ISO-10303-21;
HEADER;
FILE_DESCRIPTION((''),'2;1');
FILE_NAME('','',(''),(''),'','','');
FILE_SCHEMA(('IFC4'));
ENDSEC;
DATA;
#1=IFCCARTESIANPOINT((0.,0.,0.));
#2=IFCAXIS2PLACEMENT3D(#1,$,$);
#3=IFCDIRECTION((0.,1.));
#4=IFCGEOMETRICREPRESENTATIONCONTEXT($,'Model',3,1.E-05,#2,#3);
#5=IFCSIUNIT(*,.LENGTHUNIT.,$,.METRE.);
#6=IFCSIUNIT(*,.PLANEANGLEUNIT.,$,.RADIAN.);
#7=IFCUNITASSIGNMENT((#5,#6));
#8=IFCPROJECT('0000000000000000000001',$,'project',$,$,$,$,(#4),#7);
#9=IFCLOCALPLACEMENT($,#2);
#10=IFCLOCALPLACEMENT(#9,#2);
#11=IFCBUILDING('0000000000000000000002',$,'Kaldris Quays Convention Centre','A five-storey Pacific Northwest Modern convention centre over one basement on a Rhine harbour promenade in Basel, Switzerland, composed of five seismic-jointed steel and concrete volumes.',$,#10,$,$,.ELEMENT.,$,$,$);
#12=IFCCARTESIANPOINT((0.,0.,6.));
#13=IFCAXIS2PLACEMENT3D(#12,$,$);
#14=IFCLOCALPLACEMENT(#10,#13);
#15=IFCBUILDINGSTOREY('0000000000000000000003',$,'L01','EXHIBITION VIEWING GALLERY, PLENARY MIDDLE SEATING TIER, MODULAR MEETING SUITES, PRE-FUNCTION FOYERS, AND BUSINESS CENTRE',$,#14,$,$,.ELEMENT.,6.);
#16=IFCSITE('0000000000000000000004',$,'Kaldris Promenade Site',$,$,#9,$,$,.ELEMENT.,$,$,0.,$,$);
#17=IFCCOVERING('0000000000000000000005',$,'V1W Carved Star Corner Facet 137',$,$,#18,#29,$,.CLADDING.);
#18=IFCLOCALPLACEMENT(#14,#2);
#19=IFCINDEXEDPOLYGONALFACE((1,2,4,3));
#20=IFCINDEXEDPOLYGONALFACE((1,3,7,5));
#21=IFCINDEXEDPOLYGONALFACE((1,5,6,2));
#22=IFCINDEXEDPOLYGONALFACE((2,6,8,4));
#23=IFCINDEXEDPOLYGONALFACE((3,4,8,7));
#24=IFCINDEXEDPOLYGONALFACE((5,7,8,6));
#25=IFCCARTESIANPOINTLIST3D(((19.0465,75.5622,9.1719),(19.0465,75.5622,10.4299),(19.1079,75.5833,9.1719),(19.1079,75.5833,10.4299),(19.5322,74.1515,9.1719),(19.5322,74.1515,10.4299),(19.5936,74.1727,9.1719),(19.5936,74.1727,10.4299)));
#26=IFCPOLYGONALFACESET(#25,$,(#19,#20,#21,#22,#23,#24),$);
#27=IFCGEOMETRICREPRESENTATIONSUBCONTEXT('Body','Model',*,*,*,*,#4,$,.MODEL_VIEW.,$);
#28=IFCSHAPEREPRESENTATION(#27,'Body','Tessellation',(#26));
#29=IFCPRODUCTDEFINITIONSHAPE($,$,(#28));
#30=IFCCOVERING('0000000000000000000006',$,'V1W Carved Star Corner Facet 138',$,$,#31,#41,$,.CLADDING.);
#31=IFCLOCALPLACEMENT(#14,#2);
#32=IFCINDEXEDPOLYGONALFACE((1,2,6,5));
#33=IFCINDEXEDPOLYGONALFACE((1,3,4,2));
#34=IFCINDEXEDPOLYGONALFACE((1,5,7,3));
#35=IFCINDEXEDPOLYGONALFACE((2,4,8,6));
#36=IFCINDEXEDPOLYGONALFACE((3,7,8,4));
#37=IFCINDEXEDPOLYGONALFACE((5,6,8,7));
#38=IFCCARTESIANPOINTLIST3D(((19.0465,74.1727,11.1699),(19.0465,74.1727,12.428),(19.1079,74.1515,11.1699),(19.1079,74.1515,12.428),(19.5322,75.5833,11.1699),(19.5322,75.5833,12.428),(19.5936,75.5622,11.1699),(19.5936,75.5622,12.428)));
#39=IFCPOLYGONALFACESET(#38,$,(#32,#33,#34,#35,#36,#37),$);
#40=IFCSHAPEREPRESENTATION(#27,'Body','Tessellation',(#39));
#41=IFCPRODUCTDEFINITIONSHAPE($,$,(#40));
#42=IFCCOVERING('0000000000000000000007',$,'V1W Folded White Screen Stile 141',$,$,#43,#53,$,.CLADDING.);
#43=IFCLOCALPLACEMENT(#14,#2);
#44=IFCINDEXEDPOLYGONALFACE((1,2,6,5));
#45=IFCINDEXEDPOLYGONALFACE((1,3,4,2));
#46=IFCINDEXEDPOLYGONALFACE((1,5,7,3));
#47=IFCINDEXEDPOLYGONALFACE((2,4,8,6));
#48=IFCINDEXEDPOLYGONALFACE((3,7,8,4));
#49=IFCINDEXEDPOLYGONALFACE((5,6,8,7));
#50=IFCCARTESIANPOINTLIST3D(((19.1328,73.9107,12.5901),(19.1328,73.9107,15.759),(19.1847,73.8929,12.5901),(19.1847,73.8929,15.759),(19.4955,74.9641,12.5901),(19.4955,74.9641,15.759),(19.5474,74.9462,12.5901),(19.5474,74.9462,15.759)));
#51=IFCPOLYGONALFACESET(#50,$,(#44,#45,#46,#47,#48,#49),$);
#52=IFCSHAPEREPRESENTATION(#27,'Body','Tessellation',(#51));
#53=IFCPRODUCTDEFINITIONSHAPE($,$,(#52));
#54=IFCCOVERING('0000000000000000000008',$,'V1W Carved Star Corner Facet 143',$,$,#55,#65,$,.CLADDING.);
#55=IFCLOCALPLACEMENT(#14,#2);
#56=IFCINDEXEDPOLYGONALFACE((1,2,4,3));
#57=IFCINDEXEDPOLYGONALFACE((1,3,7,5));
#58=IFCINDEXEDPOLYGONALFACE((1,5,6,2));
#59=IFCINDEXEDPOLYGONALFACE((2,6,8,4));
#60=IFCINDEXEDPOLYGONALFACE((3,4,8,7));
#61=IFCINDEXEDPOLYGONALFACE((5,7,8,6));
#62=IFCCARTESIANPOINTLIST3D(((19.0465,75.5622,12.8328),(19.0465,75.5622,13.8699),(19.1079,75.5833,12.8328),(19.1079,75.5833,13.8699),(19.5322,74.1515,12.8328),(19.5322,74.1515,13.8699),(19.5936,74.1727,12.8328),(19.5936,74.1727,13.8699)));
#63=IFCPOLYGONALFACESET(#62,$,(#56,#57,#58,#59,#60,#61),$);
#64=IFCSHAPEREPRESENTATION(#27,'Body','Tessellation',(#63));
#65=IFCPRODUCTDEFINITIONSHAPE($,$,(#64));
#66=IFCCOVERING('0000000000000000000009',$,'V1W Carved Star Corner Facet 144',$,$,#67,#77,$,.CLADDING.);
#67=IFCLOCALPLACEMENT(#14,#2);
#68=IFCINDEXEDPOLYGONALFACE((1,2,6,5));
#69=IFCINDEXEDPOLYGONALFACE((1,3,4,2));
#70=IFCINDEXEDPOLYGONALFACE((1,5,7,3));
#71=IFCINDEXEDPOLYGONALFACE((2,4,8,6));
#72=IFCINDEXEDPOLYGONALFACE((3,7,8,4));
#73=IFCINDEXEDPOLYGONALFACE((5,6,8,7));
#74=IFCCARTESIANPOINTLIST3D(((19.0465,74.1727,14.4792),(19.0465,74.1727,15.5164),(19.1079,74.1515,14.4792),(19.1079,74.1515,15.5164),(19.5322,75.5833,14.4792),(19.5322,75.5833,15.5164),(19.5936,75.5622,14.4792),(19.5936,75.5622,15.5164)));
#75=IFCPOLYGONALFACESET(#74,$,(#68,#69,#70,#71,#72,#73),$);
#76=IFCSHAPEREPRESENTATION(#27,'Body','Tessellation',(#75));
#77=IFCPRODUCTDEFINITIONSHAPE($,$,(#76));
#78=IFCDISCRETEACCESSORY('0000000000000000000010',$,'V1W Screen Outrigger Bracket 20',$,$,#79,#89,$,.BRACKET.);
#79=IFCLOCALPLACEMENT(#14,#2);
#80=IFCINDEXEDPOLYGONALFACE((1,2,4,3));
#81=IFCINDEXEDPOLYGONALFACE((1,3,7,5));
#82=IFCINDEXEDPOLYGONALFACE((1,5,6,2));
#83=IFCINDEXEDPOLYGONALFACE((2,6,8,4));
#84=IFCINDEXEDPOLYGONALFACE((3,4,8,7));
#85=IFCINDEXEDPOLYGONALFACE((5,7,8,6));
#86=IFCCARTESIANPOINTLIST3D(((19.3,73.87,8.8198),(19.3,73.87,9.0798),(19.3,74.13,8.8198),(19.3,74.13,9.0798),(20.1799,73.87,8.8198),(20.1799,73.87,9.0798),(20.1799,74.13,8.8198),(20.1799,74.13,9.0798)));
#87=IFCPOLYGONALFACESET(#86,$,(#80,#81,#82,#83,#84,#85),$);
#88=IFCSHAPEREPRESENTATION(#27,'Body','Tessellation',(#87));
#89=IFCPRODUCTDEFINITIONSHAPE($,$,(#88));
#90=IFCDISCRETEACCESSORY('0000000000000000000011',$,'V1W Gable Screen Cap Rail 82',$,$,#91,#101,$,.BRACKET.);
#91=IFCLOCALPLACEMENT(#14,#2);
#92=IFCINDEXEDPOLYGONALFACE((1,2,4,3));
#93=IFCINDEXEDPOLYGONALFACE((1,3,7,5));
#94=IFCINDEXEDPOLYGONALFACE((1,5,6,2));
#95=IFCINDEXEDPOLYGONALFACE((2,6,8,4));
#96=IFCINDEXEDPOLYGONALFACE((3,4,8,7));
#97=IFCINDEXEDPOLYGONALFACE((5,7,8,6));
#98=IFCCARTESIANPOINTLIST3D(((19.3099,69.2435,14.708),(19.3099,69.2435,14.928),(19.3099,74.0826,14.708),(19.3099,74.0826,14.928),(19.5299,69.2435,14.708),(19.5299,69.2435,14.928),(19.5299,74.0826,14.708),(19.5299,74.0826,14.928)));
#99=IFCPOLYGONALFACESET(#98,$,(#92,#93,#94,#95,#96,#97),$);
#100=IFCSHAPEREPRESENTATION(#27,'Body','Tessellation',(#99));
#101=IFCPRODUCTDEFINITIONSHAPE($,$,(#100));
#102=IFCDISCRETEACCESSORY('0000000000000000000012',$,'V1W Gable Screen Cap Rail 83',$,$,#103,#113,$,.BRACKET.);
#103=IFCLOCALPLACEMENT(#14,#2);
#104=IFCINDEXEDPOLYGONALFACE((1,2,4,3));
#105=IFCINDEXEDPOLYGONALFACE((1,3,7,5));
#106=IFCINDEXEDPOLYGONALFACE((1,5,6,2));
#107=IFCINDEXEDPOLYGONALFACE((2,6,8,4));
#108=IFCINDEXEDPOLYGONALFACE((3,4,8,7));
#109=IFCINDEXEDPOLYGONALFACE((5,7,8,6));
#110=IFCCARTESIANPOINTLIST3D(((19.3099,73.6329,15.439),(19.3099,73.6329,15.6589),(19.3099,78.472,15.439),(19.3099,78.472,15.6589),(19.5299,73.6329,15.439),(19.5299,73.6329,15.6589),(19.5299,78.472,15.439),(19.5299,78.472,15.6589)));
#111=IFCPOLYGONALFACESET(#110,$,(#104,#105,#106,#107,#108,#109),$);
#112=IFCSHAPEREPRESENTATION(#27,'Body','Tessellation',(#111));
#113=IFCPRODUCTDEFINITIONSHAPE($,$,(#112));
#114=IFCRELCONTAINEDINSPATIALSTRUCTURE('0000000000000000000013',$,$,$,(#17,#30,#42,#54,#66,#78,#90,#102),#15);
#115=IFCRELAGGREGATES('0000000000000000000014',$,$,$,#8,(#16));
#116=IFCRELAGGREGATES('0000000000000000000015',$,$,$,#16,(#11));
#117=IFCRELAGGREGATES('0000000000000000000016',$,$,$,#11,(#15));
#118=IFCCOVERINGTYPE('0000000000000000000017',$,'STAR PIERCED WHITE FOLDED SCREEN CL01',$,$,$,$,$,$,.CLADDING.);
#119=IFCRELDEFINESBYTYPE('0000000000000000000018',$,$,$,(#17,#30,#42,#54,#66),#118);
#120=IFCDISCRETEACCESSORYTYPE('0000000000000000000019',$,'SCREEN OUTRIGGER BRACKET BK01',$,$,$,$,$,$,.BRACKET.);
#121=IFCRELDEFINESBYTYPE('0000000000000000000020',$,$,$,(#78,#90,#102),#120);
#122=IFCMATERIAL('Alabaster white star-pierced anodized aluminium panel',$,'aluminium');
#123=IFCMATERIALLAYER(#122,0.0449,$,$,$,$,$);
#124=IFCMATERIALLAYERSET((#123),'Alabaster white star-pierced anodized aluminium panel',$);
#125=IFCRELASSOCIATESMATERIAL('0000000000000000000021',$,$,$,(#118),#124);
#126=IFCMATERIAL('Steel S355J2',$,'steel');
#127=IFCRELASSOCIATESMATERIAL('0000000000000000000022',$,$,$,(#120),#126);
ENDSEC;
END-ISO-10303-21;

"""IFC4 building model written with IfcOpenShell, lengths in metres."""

from ifc_helpers import new_model, si_unit, direction, frame, origin, origin_2d, place, context, subcontext, project, spatial, rectangle, extrude, material, layer, layer_set, type_object, element, save


model = new_model("IFC4")

# Units and contexts
model_context = context("Model", 3, precision=1e-05, world=origin(), true_north=direction((0.0, 1.0)))
body_context = subcontext(model_context, "Body", "Model", "MODEL_VIEW")
ifc_project = project(units=[si_unit("LENGTHUNIT", "METRE"), si_unit("PLANEANGLEUNIT", "RADIAN")], contexts=[model_context])

# Site, building, storey
site_placement = place(None, origin())
site = spatial("IfcSite", under=ifc_project, at=site_placement, Name="Kaldris Promenade Site", CompositionType="ELEMENT", RefElevation=0.0)
building_placement = place(site_placement, origin())
building = spatial("IfcBuilding", under=site, at=building_placement, Name="Kaldris Quays Convention Centre", Description="A five-storey Pacific Northwest Modern convention centre over one basement on a Rhine harbour promenade in Basel, Switzerland, composed of five seismic-jointed steel and concrete volumes.", CompositionType="ELEMENT")
storey_placement = place(building_placement, frame((0.0, 0.0, 6.0)))
storey = spatial("IfcBuildingStorey", under=building, at=storey_placement, Name="L01", Description="EXHIBITION VIEWING GALLERY, PLENARY MIDDLE SEATING TIER, MODULAR MEETING SUITES, PRE-FUNCTION FOYERS, AND BUSINESS CENTRE", CompositionType="ELEMENT", Elevation=6.0)

# Coverings
ifc_material_1 = material(Name="Alabaster white star-pierced anodized aluminium panel", Category="aluminium")
ifc_layer = layer(ifc_material_1, 0.0449)
ifc_layer_set = layer_set([ifc_layer], Name="Alabaster white star-pierced anodized aluminium panel")
covering_type = type_object("IfcCoveringType", Name="STAR PIERCED WHITE FOLDED SCREEN CL01", PredefinedType="CLADDING", material=ifc_layer_set)
for number, where, z_axis, x_axis, name in (
    (1, (19.3201, 74.8674, 9.1719), (0.0, 0.0, 1.0), (-0.325568, 0.945519, 0.0), "V1W Carved Star Corner Facet 137"),
    (2, (19.3201, 74.8674, 11.1699), (0.0, 0.0, 1.0), (0.325568, 0.945519, 0.0), "V1W Carved Star Corner Facet 138"),
):
    element("IfcCovering", number, at=place(storey_placement, frame(where, z_axis=z_axis, x_axis=x_axis)), inside=storey, type_object=covering_type, Name=name, PredefinedType="CLADDING", context=body_context, shape_type="SweptSolid", body=[
        extrude(rectangle(XDim=1.4919, YDim=0.0649, at=origin_2d()), origin(), (0.0, 0.0, 1.0), 1.2581),
    ])
covering_1_placement = place(storey_placement, frame((19.3401, 74.4285, 12.5901), z_axis=(0.0, 0.0, 1.0), x_axis=(0.325568, 0.945519, 0.0)))
element("IfcCovering", 3, at=covering_1_placement, inside=storey, type_object=covering_type, Name="V1W Folded White Screen Stile 141", PredefinedType="CLADDING", context=body_context, shape_type="SweptSolid", body=[
    extrude(rectangle(XDim=1.114, YDim=0.0549, at=origin_2d()), origin(), (0.0, 0.0, 1.0), 3.1689),
])
for number, where, z_axis, x_axis, name in (
    (4, (19.3201, 74.8674, 12.8328), (0.0, 0.0, 1.0), (-0.325568, 0.945519, 0.0), "V1W Carved Star Corner Facet 143"),
    (5, (19.3201, 74.8674, 14.4792), (0.0, 0.0, 1.0), (0.325568, 0.945519, 0.0), "V1W Carved Star Corner Facet 144"),
):
    element("IfcCovering", number, at=place(storey_placement, frame(where, z_axis=z_axis, x_axis=x_axis)), inside=storey, type_object=covering_type, Name=name, PredefinedType="CLADDING", context=body_context, shape_type="SweptSolid", body=[
        extrude(rectangle(XDim=1.4919, YDim=0.0649, at=origin_2d()), origin(), (0.0, 0.0, 1.0), 1.0371),
    ])

# Discrete accessories
ifc_material_2 = material(Name="Steel S355J2", Category="steel")
discrete_accessory_type = type_object("IfcDiscreteAccessoryType", Name="SCREEN OUTRIGGER BRACKET BK01", PredefinedType="BRACKET", material=ifc_material_2)
discrete_accessory_placement = place(storey_placement, frame((19.74, 74.0, 8.8198), z_axis=(0.0, 0.0, 1.0), x_axis=(0.0, 1.0, 0.0)))
element("IfcDiscreteAccessory", 6, at=discrete_accessory_placement, inside=storey, type_object=discrete_accessory_type, Name="V1W Screen Outrigger Bracket 20", PredefinedType="BRACKET", context=body_context, shape_type="SweptSolid", body=[
    extrude(rectangle(XDim=0.26, YDim=0.8799, at=origin_2d()), origin(), (0.0, 0.0, 1.0), 0.26),
])
for number, where, z_axis, x_axis, name in (
    (7, (19.4199, 71.6631, 14.708), (0.0, 0.0, 1.0), (0.0, 1.0, 0.0), "V1W Gable Screen Cap Rail 82"),
    (8, (19.4199, 76.0525, 15.439), (0.0, 0.0, 1.0), (0.0, 1.0, 0.0), "V1W Gable Screen Cap Rail 83"),
):
    element("IfcDiscreteAccessory", number, at=place(storey_placement, frame(where, z_axis=z_axis, x_axis=x_axis)), inside=storey, type_object=discrete_accessory_type, Name=name, PredefinedType="BRACKET", context=body_context, shape_type="SweptSolid", body=[
        extrude(rectangle(XDim=4.8391, YDim=0.22, at=origin_2d()), origin(), (0.0, 0.0, 1.0), 0.22),
    ])

save(model, "model.ifc")
